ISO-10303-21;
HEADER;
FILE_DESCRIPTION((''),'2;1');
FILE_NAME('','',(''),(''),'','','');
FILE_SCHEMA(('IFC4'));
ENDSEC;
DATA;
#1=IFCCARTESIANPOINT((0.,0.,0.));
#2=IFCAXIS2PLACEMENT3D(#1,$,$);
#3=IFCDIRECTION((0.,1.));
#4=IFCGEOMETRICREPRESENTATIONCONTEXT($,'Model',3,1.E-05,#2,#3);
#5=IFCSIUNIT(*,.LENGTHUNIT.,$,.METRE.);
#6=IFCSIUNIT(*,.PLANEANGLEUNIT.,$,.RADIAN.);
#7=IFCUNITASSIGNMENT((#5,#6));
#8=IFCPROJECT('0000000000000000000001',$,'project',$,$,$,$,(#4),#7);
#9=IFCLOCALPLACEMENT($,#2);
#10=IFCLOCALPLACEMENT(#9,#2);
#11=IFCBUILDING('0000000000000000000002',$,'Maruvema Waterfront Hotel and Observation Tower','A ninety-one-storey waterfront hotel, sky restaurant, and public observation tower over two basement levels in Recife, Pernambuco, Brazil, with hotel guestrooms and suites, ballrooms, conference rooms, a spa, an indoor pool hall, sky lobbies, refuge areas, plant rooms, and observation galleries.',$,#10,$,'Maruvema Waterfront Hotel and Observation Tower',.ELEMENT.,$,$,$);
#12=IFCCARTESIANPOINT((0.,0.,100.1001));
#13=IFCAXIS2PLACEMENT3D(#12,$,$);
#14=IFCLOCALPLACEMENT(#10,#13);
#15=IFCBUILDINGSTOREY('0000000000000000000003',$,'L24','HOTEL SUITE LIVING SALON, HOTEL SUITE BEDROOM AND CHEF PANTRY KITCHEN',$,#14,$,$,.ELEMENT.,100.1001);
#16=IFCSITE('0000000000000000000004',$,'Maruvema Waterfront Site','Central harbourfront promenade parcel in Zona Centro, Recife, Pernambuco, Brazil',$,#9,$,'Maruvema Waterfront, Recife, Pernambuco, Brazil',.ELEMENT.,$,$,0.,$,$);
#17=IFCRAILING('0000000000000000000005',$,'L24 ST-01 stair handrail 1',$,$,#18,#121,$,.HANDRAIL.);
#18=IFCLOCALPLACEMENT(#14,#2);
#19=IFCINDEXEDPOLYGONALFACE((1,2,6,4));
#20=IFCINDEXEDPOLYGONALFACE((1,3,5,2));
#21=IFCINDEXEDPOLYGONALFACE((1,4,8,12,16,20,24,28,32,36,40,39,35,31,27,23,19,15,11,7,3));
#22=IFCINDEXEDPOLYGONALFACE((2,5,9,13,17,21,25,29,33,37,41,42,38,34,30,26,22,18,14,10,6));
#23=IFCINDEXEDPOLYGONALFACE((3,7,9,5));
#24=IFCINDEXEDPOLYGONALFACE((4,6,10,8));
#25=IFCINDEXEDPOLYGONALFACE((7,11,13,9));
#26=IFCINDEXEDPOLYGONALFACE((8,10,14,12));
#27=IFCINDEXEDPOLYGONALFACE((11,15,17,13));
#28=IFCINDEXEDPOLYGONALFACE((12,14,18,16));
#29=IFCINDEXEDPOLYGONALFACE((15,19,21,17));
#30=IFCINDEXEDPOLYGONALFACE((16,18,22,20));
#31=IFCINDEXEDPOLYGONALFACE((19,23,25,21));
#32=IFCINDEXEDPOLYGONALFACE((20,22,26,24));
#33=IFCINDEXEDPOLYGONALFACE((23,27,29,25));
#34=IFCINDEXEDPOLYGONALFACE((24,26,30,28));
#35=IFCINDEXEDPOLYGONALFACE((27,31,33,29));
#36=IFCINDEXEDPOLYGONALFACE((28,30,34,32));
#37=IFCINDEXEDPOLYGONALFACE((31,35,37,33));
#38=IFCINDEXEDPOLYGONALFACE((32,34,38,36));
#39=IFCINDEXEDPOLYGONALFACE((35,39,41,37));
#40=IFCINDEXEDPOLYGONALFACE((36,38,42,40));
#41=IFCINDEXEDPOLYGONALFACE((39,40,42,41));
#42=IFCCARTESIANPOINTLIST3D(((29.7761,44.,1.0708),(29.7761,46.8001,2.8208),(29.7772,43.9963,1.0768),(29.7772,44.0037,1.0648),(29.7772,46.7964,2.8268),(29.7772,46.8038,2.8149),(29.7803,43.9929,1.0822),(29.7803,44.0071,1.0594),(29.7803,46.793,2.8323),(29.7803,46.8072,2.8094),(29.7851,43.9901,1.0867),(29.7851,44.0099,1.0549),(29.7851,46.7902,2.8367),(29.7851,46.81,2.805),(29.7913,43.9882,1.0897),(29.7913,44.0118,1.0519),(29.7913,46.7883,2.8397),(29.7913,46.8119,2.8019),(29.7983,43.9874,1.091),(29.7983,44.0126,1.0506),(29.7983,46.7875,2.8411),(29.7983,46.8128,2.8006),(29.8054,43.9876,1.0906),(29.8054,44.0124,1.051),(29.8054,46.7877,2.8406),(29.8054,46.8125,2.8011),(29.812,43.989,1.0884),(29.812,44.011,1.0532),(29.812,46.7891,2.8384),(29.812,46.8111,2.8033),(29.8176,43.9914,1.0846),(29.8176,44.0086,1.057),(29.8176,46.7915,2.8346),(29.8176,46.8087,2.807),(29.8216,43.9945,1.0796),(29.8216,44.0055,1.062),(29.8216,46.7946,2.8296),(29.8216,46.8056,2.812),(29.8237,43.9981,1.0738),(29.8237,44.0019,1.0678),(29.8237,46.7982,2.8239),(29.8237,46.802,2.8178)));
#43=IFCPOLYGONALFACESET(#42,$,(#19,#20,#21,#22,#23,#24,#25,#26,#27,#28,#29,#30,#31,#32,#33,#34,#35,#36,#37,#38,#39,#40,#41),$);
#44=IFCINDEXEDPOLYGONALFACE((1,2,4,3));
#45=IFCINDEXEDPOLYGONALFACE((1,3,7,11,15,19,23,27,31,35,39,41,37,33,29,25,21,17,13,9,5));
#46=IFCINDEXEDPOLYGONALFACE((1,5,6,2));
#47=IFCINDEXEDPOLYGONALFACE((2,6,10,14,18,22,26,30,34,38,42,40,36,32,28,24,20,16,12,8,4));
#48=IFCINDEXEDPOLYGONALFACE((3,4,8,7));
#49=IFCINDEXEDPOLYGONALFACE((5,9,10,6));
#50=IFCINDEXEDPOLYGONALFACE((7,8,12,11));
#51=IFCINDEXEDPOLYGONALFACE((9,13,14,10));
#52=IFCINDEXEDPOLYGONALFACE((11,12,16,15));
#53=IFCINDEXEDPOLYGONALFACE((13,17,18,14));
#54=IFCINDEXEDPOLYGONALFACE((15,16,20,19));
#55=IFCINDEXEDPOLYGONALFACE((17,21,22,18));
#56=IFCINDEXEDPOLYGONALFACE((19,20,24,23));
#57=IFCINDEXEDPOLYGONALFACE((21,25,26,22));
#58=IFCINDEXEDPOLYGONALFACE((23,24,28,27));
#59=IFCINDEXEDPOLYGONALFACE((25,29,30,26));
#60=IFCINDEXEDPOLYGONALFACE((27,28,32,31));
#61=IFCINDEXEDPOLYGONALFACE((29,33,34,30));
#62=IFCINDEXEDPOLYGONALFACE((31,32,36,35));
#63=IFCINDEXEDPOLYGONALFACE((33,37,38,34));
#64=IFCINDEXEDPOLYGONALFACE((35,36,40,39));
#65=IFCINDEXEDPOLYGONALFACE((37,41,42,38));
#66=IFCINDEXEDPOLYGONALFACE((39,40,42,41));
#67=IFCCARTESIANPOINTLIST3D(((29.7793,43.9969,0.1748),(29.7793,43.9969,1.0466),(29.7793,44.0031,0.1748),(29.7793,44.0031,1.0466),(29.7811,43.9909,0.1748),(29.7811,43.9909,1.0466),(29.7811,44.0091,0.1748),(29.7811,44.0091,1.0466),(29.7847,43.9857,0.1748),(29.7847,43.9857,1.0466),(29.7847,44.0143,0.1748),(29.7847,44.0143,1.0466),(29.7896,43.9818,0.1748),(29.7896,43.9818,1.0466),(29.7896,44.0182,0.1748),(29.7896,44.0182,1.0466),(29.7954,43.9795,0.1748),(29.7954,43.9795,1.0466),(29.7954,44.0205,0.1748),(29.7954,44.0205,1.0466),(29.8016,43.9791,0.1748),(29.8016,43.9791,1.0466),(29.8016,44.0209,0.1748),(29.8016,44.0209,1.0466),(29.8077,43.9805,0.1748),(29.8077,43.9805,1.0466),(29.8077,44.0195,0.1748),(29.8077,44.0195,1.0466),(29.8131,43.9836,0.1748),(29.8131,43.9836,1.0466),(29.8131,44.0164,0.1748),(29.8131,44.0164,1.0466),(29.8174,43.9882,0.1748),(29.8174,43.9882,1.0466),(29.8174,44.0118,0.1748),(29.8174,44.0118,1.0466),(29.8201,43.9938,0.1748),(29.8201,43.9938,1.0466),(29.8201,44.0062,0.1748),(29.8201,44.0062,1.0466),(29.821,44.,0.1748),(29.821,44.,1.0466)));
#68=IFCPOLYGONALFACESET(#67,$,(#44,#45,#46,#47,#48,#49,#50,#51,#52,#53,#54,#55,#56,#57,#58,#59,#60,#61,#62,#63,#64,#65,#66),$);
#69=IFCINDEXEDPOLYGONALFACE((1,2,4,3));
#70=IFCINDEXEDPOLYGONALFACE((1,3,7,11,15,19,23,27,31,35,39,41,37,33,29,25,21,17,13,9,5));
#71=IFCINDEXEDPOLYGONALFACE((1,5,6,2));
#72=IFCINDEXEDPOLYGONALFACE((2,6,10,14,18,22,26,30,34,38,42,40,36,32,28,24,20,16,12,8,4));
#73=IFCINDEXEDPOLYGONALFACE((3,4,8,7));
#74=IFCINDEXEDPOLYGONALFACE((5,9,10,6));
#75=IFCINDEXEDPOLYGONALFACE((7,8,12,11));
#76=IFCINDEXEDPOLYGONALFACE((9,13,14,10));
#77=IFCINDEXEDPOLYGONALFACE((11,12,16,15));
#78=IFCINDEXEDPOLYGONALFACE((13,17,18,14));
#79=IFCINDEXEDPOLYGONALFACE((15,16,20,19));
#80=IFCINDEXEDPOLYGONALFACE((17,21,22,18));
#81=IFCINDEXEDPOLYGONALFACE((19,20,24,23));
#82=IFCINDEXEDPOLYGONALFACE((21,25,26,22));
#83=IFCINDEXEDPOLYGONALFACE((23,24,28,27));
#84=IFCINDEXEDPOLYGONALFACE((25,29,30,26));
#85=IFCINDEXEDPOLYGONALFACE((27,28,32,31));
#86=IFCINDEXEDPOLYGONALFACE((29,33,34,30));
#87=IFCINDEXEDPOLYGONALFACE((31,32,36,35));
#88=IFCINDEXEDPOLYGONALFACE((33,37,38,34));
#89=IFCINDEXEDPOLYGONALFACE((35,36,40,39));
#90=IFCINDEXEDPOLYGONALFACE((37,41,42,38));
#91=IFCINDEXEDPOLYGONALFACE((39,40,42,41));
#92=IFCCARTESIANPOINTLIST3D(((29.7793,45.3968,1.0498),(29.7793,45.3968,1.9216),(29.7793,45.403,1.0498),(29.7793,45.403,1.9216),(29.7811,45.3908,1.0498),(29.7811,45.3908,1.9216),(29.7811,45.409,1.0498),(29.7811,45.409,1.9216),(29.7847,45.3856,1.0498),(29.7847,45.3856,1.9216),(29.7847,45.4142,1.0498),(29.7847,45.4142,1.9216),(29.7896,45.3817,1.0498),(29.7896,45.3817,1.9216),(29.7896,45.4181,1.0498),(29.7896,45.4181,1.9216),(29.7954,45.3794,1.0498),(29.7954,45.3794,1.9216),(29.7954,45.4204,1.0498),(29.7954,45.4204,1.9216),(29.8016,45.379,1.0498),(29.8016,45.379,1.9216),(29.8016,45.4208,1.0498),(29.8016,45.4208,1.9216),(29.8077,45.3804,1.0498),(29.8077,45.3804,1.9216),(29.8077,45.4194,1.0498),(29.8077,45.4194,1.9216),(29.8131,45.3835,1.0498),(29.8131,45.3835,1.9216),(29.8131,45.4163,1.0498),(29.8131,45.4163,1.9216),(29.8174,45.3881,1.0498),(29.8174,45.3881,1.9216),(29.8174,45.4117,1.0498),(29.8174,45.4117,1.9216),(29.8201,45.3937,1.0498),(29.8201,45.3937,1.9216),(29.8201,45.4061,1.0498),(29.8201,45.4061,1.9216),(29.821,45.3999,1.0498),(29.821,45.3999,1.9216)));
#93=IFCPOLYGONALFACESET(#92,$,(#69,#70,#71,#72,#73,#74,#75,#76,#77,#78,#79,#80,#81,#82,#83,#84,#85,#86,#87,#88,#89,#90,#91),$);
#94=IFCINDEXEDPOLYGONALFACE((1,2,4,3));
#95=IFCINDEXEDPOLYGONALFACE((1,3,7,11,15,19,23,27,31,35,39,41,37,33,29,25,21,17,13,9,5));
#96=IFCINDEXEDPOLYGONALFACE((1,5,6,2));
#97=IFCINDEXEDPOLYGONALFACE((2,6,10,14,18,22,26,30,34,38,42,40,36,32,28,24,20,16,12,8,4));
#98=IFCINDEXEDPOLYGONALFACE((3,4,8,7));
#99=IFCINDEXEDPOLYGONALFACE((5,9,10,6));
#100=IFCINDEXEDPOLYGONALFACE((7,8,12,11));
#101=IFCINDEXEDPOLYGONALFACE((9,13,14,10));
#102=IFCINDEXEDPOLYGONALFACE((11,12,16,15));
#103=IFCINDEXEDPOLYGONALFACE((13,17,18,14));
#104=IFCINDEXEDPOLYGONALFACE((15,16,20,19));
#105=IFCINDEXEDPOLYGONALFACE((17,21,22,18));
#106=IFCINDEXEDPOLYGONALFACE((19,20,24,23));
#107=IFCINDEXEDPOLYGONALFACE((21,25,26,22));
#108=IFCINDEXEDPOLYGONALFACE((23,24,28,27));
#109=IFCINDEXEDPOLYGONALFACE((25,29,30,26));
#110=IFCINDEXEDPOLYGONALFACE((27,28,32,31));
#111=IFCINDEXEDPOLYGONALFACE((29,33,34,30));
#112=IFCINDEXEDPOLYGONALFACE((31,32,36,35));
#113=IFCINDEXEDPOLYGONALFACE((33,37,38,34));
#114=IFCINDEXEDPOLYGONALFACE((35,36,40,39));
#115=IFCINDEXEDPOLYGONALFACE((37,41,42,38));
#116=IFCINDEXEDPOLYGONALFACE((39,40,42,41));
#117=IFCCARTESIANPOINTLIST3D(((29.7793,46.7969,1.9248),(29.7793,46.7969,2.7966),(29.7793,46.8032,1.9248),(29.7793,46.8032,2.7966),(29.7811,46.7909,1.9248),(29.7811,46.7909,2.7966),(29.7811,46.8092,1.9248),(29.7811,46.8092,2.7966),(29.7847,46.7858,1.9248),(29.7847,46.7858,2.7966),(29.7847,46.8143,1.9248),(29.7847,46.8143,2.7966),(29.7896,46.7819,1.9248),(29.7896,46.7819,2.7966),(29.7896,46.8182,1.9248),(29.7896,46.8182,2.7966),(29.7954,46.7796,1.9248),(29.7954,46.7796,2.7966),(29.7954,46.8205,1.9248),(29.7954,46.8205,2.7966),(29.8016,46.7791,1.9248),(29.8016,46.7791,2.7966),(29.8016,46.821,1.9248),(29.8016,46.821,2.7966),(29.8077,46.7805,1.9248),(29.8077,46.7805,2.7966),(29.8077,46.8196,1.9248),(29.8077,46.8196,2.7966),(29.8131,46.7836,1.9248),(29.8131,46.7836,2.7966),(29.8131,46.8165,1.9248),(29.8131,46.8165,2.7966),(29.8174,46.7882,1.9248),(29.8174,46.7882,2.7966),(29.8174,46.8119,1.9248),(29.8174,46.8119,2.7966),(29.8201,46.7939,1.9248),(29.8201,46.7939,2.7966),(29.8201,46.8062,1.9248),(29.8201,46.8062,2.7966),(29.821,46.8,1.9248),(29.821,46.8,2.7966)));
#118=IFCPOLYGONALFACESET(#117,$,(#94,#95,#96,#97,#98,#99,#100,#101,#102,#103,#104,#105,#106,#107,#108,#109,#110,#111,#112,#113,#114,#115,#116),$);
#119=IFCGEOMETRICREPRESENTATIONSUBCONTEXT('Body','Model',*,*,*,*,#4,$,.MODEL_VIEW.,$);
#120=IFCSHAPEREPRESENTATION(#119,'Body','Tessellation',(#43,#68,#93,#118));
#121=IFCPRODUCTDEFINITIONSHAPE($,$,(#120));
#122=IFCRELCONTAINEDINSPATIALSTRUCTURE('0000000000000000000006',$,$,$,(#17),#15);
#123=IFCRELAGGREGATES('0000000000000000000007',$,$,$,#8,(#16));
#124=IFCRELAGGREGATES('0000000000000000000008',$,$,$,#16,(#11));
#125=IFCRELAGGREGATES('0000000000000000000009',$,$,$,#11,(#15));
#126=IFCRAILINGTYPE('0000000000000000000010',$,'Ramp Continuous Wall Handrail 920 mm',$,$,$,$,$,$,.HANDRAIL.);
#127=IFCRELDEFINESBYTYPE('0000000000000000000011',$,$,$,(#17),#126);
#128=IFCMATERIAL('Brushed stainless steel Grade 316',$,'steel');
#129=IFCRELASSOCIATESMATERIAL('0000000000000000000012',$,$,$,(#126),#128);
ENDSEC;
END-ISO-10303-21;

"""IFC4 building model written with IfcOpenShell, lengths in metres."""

from ifc_helpers import new_model, si_unit, direction, frame, origin, origin_2d, place, context, subcontext, project, spatial, circle, extrude, material, type_object, element, save


model = new_model("IFC4")

# Units and contexts
model_context = context("Model", 3, precision=1e-05, world=origin(), true_north=direction((0.0, 1.0)))
body_context = subcontext(model_context, "Body", "Model", "MODEL_VIEW")
ifc_project = project(units=[si_unit("LENGTHUNIT", "METRE"), si_unit("PLANEANGLEUNIT", "RADIAN")], contexts=[model_context])

# Site, building, storey
site_placement = place(None, origin())
site = spatial("IfcSite", under=ifc_project, at=site_placement, Name="Maruvema Waterfront Site", Description="Central harbourfront promenade parcel in Zona Centro, Recife, Pernambuco, Brazil", LongName="Maruvema Waterfront, Recife, Pernambuco, Brazil", CompositionType="ELEMENT", RefElevation=0.0)
building_placement = place(site_placement, origin())
building = spatial("IfcBuilding", under=site, at=building_placement, Name="Maruvema Waterfront Hotel and Observation Tower", Description="A ninety-one-storey waterfront hotel, sky restaurant, and public observation tower over two basement levels in Recife, Pernambuco, Brazil, with hotel guestrooms and suites, ballrooms, conference rooms, a spa, an indoor pool hall, sky lobbies, refuge areas, plant rooms, and observation galleries.", LongName="Maruvema Waterfront Hotel and Observation Tower", CompositionType="ELEMENT")
storey_placement = place(building_placement, frame((0.0, 0.0, 100.1001)))
storey = spatial("IfcBuildingStorey", under=building, at=storey_placement, Name="L24", Description="HOTEL SUITE LIVING SALON, HOTEL SUITE BEDROOM AND CHEF PANTRY KITCHEN", CompositionType="ELEMENT", Elevation=100.1001)

# Railing
ifc_material_1 = material(Name="Brushed stainless steel Grade 316", Category="steel")
railing_type_1 = type_object("IfcRailingType", Name="Ramp Continuous Wall Handrail 920 mm", PredefinedType="HANDRAIL", material=ifc_material_1)
railing_1_placement = place(storey_placement, frame((29.8, 44.0, 0.1748)))
element("IfcRailing", 1, at=railing_1_placement, inside=storey, type_object=railing_type_1, Name="L24 ST-01 stair handrail 1", PredefinedType="HANDRAIL", context=body_context, shape_type="SweptSolid", body=[
    extrude(circle(Radius=0.0239, at=origin_2d()), frame((0.0, 0.0, 0.896), z_axis=(0.0, 0.848002, 0.529992), x_axis=(-1.0, 0.0, 0.0)), (0.0, 0.0, 1.0), 3.302),
    extrude(circle(Radius=0.021, at=origin_2d()), origin(), (0.0, 0.0, 1.0), 0.8718),
    extrude(circle(Radius=0.021, at=origin_2d()), frame((0.0, 1.3999, 0.875)), (0.0, 0.0, 1.0), 0.8718),
    extrude(circle(Radius=0.021, at=origin_2d()), frame((0.0, 2.8, 1.75)), (0.0, 0.0, 1.0), 0.8718),
])

save(model, "model.ifc")
